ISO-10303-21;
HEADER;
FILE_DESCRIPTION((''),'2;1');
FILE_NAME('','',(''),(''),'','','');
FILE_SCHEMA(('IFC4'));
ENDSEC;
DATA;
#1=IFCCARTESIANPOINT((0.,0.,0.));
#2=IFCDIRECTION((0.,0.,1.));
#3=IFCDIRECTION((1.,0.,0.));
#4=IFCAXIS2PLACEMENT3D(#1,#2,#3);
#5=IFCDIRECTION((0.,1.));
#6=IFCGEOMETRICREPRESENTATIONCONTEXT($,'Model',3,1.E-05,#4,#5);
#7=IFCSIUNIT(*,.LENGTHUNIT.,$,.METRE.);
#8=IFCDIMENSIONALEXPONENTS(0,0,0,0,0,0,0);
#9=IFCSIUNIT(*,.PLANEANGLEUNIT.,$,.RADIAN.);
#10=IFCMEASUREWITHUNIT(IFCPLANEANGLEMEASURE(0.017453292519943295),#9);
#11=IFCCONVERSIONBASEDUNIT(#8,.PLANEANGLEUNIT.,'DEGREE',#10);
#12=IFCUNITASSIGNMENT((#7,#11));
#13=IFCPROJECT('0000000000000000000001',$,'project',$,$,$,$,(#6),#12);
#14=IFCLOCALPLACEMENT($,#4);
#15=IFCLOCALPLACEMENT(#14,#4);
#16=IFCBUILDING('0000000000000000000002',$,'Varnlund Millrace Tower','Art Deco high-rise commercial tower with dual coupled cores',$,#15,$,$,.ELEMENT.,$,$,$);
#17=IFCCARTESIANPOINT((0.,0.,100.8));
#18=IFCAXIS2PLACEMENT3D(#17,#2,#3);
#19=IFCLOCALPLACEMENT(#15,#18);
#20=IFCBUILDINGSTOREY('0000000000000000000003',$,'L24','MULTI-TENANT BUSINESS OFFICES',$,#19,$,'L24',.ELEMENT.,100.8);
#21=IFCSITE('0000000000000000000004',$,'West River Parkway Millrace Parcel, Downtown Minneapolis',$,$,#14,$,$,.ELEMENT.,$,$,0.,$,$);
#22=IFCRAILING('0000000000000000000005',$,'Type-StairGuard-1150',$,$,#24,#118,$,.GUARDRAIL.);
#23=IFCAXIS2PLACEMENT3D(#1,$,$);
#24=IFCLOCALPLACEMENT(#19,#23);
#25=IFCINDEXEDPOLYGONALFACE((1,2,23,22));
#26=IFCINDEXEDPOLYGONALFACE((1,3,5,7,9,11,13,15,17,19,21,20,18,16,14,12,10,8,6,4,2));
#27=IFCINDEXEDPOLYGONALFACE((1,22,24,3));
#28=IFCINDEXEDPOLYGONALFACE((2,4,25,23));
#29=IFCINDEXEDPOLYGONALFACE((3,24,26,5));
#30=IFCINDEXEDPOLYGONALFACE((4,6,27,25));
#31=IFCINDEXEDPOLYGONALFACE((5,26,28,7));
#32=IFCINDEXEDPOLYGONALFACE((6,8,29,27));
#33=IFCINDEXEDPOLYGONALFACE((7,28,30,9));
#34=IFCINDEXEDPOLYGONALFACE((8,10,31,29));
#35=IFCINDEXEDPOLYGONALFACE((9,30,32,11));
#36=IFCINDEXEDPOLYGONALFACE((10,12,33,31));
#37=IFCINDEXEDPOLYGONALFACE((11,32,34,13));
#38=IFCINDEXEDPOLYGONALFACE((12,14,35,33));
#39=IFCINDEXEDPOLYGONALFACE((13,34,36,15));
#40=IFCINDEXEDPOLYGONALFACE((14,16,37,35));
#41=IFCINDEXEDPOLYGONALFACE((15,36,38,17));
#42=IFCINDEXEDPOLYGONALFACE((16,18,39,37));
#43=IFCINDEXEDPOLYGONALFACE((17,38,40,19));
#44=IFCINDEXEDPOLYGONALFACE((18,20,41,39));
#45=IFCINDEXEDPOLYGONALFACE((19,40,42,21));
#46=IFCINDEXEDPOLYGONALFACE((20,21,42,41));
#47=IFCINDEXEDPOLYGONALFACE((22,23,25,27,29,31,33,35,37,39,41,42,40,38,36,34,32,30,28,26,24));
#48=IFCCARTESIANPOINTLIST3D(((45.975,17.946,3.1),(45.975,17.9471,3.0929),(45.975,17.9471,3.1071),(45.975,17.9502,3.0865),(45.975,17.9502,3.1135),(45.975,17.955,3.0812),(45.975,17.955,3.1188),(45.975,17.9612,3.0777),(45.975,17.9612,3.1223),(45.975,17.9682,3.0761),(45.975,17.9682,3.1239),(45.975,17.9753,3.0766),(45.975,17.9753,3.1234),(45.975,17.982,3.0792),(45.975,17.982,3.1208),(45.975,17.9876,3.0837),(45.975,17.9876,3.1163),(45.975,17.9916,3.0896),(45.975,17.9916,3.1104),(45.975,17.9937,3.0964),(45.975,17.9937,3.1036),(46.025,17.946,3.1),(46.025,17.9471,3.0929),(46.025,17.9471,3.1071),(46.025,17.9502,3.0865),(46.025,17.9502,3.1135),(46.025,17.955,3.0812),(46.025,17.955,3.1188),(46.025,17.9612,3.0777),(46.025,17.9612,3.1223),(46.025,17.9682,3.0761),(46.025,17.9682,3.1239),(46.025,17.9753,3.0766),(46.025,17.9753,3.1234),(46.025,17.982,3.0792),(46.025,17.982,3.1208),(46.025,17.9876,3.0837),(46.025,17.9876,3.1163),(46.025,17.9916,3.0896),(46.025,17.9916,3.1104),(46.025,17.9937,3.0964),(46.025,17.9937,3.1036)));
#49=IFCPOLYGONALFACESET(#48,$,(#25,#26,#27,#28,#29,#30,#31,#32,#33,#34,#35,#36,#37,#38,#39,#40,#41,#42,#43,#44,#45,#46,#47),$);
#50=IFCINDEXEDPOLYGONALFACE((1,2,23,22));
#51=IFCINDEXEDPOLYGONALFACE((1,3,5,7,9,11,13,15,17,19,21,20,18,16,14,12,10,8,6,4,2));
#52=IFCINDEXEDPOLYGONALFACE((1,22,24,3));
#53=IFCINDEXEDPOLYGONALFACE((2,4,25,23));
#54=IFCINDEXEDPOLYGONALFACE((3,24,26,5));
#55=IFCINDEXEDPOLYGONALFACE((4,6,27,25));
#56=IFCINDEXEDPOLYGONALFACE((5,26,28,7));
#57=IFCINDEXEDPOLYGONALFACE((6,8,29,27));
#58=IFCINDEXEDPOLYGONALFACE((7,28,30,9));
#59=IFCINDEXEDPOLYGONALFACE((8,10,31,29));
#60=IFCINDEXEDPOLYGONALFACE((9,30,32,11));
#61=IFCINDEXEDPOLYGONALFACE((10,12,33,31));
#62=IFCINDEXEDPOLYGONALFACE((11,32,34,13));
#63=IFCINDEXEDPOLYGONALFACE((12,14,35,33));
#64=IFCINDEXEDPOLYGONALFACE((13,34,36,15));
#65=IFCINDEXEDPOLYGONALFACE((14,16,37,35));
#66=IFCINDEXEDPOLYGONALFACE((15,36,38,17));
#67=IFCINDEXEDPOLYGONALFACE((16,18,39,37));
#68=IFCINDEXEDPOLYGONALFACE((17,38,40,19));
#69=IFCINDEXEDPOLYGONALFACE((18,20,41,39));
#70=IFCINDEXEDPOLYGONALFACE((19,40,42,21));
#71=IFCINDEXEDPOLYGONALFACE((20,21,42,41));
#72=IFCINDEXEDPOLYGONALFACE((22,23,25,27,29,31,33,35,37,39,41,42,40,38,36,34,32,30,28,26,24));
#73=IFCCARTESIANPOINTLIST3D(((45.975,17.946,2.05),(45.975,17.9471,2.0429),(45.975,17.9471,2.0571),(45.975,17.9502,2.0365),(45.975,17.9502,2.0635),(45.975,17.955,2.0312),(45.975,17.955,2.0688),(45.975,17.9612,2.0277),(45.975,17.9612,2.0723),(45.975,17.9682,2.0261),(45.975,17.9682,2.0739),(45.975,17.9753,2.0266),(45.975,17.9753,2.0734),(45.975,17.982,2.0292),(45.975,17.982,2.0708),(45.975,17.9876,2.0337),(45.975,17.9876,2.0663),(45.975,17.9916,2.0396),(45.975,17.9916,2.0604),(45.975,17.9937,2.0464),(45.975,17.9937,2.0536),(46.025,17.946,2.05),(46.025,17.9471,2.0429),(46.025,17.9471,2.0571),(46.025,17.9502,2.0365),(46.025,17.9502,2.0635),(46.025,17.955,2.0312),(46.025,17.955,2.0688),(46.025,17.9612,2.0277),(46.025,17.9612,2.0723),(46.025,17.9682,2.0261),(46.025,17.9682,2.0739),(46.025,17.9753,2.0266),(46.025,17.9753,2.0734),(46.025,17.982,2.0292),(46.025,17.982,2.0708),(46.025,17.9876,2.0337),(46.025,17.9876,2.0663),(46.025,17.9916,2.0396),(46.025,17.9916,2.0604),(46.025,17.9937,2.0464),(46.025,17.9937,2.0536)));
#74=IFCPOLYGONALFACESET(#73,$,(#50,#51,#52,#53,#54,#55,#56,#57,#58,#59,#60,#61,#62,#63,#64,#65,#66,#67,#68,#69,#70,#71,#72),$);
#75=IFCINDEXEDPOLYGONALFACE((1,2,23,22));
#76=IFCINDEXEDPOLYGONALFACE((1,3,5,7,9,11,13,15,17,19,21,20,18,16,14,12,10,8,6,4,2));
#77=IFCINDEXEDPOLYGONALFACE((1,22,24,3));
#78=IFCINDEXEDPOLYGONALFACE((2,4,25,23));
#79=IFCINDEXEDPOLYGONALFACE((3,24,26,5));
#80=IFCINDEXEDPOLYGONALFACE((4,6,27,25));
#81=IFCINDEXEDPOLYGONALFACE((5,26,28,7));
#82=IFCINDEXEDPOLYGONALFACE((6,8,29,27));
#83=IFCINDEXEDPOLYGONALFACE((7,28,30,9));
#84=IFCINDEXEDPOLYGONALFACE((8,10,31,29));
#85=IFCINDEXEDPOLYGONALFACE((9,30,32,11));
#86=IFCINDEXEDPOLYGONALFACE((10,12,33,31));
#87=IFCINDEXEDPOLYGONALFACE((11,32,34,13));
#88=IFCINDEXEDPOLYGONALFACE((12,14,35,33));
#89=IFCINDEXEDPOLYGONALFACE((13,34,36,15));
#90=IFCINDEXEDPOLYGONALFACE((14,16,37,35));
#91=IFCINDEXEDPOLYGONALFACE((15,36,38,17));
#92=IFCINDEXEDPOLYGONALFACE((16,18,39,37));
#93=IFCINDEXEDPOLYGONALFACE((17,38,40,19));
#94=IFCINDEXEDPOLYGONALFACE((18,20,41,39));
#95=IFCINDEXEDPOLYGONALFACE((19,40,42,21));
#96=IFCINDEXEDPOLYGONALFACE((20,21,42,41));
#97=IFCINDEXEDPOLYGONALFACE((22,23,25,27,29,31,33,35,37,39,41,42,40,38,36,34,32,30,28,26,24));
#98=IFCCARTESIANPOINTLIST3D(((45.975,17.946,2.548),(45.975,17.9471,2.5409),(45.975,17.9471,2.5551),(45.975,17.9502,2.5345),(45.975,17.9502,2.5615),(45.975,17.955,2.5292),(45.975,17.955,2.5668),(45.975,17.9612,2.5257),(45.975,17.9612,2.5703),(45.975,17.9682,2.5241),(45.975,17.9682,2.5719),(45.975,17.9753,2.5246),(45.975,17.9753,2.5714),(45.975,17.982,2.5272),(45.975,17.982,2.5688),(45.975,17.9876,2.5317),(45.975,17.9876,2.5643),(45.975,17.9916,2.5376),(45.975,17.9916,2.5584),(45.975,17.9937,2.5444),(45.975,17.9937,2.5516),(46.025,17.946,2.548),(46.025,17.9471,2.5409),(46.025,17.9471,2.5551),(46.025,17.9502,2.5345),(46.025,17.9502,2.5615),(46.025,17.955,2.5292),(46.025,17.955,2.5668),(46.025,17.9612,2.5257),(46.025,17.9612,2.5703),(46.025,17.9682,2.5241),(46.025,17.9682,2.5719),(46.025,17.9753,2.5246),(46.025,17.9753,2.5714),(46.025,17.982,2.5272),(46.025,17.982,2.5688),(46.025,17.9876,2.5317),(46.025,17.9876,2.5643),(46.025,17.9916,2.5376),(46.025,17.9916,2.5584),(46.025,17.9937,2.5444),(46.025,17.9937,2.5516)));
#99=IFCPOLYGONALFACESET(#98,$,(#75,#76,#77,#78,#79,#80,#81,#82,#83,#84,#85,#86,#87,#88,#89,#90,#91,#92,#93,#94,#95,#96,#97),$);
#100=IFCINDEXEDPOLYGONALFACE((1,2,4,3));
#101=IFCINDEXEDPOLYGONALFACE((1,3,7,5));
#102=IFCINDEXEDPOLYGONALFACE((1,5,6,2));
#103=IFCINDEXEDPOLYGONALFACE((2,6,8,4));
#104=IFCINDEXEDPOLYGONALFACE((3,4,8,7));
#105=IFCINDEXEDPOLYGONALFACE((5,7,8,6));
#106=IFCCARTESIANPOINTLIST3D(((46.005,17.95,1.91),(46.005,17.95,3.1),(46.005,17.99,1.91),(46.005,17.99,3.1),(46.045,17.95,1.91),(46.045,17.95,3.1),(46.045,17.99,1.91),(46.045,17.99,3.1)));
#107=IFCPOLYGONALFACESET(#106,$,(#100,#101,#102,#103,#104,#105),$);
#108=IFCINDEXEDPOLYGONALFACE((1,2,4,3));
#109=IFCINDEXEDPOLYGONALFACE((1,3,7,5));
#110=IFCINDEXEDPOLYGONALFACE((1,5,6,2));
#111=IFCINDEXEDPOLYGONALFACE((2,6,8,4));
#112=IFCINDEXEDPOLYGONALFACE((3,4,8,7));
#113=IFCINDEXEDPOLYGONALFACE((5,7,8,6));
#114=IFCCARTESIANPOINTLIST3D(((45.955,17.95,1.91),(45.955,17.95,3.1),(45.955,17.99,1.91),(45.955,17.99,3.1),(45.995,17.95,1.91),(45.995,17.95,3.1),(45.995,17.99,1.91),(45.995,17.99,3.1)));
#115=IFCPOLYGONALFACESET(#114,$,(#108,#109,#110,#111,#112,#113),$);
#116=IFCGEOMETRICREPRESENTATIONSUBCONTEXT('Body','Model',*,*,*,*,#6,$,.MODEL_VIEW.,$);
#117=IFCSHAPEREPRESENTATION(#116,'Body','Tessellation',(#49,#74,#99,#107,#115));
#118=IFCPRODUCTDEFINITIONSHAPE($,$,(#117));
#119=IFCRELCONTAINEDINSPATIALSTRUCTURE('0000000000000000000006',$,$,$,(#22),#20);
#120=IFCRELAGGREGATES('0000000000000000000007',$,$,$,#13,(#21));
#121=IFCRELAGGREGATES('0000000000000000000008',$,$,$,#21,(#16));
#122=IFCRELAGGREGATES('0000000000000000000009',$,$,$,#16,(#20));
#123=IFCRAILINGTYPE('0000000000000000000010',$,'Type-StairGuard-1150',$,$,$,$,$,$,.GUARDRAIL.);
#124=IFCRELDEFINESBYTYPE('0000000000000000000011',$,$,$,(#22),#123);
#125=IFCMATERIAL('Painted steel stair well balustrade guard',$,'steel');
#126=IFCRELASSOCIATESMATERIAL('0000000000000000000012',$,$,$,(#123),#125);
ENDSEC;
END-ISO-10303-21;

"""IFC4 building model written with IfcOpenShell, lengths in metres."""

from ifc_helpers import new_model, entity, si_unit, converted_unit, direction, frame, origin_with_axes, origin_2d_with_axis, place, context, subcontext, project, spatial, rectangle, circle, extrude, material, type_object, element, save


model = new_model("IFC4")

# Units and contexts
model_context = context("Model", 3, precision=1e-05, world=origin_with_axes(), true_north=direction((0.0, 1.0)))
body_context = subcontext(model_context, "Body", "Model", "MODEL_VIEW")
ifc_project = project(units=[si_unit("LENGTHUNIT", "METRE"), converted_unit("PLANEANGLEUNIT", "DEGREE", entity("IfcPlaneAngleMeasure", 0.017453292519943295), si_unit("PLANEANGLEUNIT", "RADIAN"), dimensions=[0, 0, 0, 0, 0, 0, 0])], contexts=[model_context])

# Site, building, storey
site_placement = place(None, origin_with_axes())
site = spatial("IfcSite", under=ifc_project, at=site_placement, Name="West River Parkway Millrace Parcel, Downtown Minneapolis", CompositionType="ELEMENT", RefElevation=0.0)
building_placement = place(site_placement, origin_with_axes())
building = spatial("IfcBuilding", under=site, at=building_placement, Name="Varnlund Millrace Tower", Description="Art Deco high-rise commercial tower with dual coupled cores", CompositionType="ELEMENT")
storey_placement = place(building_placement, frame((0.0, 0.0, 100.8), z_axis=(0.0, 0.0, 1.0), x_axis=(1.0, 0.0, 0.0)))
storey = spatial("IfcBuildingStorey", under=building, at=storey_placement, Name="L24", Description="MULTI-TENANT BUSINESS OFFICES", LongName="L24", CompositionType="ELEMENT", Elevation=100.8)

# Railing
ifc_material_1 = material(Name="Painted steel stair well balustrade guard", Category="steel")
railing_type_1 = type_object("IfcRailingType", Name="Type-StairGuard-1150", PredefinedType="GUARDRAIL", material=ifc_material_1)
railing_1_placement = place(storey_placement, frame((0.0, 0.0, -100.8), z_axis=(0.0, 0.0, 1.0), x_axis=(1.0, 0.0, 0.0)))
element("IfcRailing", 1, at=railing_1_placement, inside=storey, type_object=railing_type_1, Name="Type-StairGuard-1150", PredefinedType="GUARDRAIL", context=body_context, shape_type="SweptSolid", body=[
    extrude(circle(Radius=0.024, at=origin_2d_with_axis()), frame((46.025, 17.97, 103.9), z_axis=(-1.0, 0.0, 0.0), x_axis=(0.0, -1.0, 0.0)), (0.0, 0.0, 1.0), 0.05),
    extrude(circle(Radius=0.024, at=origin_2d_with_axis()), frame((46.025, 17.97, 102.85), z_axis=(-1.0, 0.0, 0.0), x_axis=(0.0, -1.0, 0.0)), (0.0, 0.0, 1.0), 0.05),
    extrude(circle(Radius=0.024, at=origin_2d_with_axis()), frame((46.025, 17.97, 103.348), z_axis=(-1.0, 0.0, 0.0), x_axis=(0.0, -1.0, 0.0)), (0.0, 0.0, 1.0), 0.05),
    extrude(rectangle(XDim=0.04, YDim=0.04, at=origin_2d_with_axis()), frame((46.025, 17.97, 102.71), z_axis=(0.0, 0.0, 1.0), x_axis=(1.0, 0.0, 0.0)), (0.0, 0.0, 1.0), 1.19),
    extrude(rectangle(XDim=0.04, YDim=0.04, at=origin_2d_with_axis()), frame((45.975, 17.97, 102.71), z_axis=(0.0, 0.0, 1.0), x_axis=(1.0, 0.0, 0.0)), (0.0, 0.0, 1.0), 1.19),
])

save(model, "model.ifc")
